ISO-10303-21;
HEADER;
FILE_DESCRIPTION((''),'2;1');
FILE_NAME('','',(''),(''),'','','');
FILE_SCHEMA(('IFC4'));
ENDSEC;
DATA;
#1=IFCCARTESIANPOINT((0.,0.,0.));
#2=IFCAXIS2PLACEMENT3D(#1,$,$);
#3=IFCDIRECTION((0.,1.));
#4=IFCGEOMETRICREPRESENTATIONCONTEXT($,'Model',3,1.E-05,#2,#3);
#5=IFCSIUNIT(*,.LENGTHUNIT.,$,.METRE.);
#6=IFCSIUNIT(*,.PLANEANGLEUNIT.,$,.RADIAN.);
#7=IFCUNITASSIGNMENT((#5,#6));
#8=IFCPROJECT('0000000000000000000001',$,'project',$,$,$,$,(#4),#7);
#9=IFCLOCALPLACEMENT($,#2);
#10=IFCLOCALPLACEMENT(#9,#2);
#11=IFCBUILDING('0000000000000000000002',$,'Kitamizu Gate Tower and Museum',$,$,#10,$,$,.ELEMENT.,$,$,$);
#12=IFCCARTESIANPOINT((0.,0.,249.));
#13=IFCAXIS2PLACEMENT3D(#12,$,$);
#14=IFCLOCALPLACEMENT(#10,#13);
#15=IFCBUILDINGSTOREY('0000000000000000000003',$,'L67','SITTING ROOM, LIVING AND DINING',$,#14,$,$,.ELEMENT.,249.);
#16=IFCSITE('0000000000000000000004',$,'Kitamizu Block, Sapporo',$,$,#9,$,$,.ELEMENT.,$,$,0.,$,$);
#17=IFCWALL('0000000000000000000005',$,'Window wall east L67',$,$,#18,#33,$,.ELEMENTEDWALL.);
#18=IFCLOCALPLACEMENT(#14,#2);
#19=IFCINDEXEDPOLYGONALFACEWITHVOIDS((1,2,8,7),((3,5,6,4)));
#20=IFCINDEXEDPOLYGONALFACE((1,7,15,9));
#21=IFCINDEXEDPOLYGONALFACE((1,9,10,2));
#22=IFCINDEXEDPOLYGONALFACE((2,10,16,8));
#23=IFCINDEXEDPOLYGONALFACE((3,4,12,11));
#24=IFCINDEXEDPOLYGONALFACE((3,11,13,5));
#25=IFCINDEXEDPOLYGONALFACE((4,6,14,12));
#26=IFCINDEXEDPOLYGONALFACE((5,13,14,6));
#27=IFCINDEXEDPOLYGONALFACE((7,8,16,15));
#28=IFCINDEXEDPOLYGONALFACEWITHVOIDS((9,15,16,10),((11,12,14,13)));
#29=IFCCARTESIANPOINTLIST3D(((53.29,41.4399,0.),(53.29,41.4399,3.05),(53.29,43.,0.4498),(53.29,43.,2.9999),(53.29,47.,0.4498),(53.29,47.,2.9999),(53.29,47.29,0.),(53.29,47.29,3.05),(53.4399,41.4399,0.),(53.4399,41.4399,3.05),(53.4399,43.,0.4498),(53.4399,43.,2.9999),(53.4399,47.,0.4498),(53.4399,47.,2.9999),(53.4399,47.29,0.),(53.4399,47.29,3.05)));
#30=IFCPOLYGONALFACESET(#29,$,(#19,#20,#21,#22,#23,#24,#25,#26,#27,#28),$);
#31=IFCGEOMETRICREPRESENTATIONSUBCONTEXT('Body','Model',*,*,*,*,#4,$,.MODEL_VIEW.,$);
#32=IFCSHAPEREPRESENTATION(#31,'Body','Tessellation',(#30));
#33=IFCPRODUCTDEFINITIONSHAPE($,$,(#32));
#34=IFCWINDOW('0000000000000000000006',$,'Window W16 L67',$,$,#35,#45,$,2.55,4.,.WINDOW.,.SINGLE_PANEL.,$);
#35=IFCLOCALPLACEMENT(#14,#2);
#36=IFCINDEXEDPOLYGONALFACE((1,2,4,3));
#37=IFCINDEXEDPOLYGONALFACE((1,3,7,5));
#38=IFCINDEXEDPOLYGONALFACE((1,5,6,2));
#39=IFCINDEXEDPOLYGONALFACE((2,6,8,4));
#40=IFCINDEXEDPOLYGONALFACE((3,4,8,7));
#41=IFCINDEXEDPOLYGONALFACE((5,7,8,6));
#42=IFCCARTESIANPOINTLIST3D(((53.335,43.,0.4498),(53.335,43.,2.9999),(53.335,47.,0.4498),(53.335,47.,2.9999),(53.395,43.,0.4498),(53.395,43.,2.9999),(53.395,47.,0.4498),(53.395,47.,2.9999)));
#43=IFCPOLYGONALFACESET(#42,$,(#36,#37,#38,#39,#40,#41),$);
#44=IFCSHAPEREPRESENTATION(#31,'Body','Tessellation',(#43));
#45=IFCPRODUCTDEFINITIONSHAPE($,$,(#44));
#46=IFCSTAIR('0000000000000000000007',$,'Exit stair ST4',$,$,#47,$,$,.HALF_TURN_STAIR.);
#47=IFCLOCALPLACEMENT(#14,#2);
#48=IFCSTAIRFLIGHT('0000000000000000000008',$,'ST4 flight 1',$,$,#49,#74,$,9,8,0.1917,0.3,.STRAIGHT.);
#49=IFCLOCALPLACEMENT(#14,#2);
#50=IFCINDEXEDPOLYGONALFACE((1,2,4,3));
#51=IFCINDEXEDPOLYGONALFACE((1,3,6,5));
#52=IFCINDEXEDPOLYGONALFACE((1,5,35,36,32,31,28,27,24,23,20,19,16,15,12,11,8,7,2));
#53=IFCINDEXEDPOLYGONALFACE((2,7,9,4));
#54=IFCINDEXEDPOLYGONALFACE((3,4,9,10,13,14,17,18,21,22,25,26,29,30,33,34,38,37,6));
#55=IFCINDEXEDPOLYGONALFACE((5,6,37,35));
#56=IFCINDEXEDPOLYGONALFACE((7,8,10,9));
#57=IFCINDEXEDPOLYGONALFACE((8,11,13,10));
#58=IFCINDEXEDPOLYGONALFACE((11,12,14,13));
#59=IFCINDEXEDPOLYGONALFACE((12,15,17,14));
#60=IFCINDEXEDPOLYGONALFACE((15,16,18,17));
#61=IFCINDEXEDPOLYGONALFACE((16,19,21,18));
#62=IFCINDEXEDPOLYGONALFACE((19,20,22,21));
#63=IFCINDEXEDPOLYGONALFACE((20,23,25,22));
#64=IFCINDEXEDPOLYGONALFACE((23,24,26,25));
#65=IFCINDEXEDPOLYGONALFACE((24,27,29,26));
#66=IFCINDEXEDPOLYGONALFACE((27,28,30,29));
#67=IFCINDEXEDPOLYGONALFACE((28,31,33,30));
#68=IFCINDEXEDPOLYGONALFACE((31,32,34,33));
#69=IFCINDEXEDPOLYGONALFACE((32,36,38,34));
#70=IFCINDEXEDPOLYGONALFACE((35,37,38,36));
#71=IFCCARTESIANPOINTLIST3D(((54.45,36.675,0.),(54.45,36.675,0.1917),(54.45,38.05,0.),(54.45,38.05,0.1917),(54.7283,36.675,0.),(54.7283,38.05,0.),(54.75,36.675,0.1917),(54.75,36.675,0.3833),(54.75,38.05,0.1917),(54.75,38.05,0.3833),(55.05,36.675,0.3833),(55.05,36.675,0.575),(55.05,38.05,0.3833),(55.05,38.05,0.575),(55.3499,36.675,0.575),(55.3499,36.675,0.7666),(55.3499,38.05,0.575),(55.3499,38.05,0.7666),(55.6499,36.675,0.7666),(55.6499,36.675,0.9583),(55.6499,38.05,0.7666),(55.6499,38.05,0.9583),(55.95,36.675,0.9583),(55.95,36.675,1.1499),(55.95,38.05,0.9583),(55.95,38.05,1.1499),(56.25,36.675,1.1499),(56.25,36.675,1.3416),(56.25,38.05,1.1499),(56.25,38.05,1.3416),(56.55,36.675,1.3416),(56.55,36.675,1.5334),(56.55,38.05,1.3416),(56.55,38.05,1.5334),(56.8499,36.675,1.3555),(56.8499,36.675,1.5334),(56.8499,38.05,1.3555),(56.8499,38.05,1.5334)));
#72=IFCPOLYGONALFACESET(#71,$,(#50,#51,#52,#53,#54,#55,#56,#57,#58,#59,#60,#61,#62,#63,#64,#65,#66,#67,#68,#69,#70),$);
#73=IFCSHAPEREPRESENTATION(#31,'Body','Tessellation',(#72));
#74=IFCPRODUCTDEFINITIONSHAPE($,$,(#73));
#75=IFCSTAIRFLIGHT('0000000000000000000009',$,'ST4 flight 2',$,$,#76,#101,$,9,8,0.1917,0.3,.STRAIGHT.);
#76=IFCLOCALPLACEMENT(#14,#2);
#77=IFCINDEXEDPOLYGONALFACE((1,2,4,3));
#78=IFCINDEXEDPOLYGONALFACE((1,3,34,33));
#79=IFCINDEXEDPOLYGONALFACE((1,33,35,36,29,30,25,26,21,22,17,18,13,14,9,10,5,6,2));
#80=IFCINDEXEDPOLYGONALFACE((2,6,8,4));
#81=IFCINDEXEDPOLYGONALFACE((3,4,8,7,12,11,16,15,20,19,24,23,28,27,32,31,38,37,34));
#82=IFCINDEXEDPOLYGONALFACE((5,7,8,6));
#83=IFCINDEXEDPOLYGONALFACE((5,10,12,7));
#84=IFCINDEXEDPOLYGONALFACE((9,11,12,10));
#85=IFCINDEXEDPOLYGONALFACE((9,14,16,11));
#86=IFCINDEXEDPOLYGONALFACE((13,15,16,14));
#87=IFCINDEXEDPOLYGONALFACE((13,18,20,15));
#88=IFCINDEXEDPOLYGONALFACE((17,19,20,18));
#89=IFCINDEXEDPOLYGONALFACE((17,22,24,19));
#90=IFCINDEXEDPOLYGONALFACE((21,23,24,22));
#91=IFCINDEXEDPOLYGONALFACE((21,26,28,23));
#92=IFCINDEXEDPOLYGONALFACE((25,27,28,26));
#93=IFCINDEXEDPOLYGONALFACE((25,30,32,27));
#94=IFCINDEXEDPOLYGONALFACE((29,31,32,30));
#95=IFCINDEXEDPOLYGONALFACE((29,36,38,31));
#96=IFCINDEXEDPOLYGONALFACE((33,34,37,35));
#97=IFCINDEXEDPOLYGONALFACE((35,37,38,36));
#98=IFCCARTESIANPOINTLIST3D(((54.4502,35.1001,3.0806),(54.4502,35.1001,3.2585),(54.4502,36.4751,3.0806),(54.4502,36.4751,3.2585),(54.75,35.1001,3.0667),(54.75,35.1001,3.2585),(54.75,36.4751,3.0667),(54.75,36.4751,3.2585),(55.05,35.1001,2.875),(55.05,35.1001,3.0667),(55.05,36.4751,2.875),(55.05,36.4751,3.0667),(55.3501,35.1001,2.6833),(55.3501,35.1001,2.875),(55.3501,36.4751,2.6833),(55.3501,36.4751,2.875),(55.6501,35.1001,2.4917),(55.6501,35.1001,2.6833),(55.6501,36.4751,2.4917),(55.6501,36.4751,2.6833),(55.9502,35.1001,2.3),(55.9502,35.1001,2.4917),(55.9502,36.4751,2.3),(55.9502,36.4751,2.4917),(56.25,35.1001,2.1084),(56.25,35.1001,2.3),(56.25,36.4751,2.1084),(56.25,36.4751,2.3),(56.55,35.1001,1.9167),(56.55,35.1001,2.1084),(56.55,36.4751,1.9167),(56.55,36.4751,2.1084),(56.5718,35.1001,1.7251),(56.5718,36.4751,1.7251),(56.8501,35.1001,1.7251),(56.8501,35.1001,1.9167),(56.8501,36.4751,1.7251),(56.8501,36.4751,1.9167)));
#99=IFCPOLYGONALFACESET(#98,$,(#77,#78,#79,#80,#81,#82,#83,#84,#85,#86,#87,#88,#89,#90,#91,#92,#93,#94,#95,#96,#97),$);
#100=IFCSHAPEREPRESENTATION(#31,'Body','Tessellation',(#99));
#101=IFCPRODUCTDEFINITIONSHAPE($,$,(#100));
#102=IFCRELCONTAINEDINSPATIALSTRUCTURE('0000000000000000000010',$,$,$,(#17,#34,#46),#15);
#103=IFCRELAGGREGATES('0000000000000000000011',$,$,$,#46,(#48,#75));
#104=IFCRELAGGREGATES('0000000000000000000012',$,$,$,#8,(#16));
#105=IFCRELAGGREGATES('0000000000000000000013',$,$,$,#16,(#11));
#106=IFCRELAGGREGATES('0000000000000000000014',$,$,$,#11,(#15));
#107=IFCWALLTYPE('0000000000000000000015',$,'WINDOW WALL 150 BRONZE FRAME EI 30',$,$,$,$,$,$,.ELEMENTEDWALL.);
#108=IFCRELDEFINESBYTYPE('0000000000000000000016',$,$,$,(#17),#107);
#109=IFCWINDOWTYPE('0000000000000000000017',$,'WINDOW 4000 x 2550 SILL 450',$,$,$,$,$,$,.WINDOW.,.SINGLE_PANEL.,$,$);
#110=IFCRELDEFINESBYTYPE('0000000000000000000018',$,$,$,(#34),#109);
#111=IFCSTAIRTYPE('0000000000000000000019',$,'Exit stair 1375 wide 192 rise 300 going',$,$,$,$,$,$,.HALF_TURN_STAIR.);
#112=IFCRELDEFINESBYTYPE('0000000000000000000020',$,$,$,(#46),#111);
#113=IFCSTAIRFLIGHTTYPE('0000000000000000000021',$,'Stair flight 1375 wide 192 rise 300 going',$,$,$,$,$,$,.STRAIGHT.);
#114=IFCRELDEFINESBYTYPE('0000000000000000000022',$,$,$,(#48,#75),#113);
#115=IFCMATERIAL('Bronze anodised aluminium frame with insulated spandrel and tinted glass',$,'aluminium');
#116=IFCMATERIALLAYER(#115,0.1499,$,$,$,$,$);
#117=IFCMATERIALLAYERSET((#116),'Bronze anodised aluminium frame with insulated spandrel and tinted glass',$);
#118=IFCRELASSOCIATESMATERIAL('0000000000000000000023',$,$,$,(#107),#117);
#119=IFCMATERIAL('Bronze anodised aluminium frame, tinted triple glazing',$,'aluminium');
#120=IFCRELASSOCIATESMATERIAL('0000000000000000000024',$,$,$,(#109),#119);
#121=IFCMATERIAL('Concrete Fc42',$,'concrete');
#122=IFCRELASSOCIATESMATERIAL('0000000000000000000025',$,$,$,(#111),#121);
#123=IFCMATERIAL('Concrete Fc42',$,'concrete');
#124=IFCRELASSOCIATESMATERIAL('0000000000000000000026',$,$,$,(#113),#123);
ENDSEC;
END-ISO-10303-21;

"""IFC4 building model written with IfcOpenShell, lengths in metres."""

from ifc_helpers import new_model, si_unit, direction, frame, frame_2d, origin, place, context, subcontext, project, spatial, polyline, rectangle, outline, extrude, material, layer, layer_set, type_object, element, fill, aggregate, save


model = new_model("IFC4")

# Units and contexts
model_context = context("Model", 3, precision=1e-05, world=origin(), true_north=direction((0.0, 1.0)))
body_context = subcontext(model_context, "Body", "Model", "MODEL_VIEW")
ifc_project = project(units=[si_unit("LENGTHUNIT", "METRE"), si_unit("PLANEANGLEUNIT", "RADIAN")], contexts=[model_context])

# Site, building, storey
site_placement = place(None, origin())
site = spatial("IfcSite", under=ifc_project, at=site_placement, Name="Kitamizu Block, Sapporo", CompositionType="ELEMENT", RefElevation=0.0)
building_placement = place(site_placement, origin())
building = spatial("IfcBuilding", under=site, at=building_placement, Name="Kitamizu Gate Tower and Museum", CompositionType="ELEMENT")
storey_placement = place(building_placement, frame((0.0, 0.0, 249.0)))
storey = spatial("IfcBuildingStorey", under=building, at=storey_placement, Name="L67", Description="SITTING ROOM, LIVING AND DINING", CompositionType="ELEMENT", Elevation=249.0)

# Shared definitions
ifc_material_1 = material(Name="Bronze anodised aluminium frame with insulated spandrel and tinted glass", Category="aluminium")
ifc_layer_1 = layer(ifc_material_1, 0.1499)
ifc_layer_set_1 = layer_set([ifc_layer_1], Name="Bronze anodised aluminium frame with insulated spandrel and tinted glass")
wall_type_1 = type_object("IfcWallType", Name="WINDOW WALL 150 BRONZE FRAME EI 30", PredefinedType="ELEMENTEDWALL", material=ifc_layer_set_1)

# Wall, opening, window
ifc_material_2 = material(Name="Bronze anodised aluminium frame, tinted triple glazing", Category="aluminium")
window_type = type_object("IfcWindowType", Name="WINDOW 4000 x 2550 SILL 450", PartitioningType="SINGLE_PANEL", PredefinedType="WINDOW", material=ifc_material_2)
wall_1_placement = place(storey_placement, frame((53.365, 41.4399, 0.0), z_axis=(0.0, 0.0, 1.0), x_axis=(0.0, 1.0, 0.0)))
wall_1 = element("IfcWall", 1, at=wall_1_placement, inside=storey, type_object=wall_type_1, Name="Window wall east L67", PredefinedType="ELEMENTEDWALL", context=body_context, shape_type="SweptSolid", body=[
    extrude(rectangle(XDim=5.8501, YDim=0.1499, at=frame_2d((2.925, 0.0))), origin(), (0.0, 0.0, 1.0), 3.05),
])
opening_1_placement = place(wall_1_placement, frame((1.5601, 0.0, 0.45)))
opening_1 = element("IfcOpeningElement", 2, at=opening_1_placement, cuts=wall_1, PredefinedType="OPENING", context=body_context, shape_type="SweptSolid", body=[
    extrude(rectangle(XDim=4.0, YDim=2.55, at=frame_2d((2.0, 1.2749))), frame((0.0, 0.085, 0.0), z_axis=(0.0, -1.0, 0.0), x_axis=(1.0, 0.0, 0.0)), (0.0, 0.0, 1.0), 0.1699),
])
window_1_placement = place(opening_1_placement, origin())
window_1 = element("IfcWindow", 3, at=window_1_placement, inside=storey, type_object=window_type, Name="Window W16 L67", OverallHeight=2.55, OverallWidth=4.0, PartitioningType="SINGLE_PANEL", PredefinedType="WINDOW", context=body_context, shape_type="SweptSolid", body=[
    extrude(rectangle(XDim=4.0, YDim=2.55, at=frame_2d((2.0, 1.2749))), frame((0.0, 0.03, 0.0), z_axis=(0.0, -1.0, 0.0), x_axis=(1.0, 0.0, 0.0)), (0.0, 0.0, 1.0), 0.0601),
])
fill(opening_1, window_1)

# Stair, stair flights
ifc_material_3 = material(Name="Concrete Fc42", Category="concrete")
stair_type = type_object("IfcStairType", Name="Exit stair 1375 wide 192 rise 300 going", PredefinedType="HALF_TURN_STAIR", material=ifc_material_3)
stair_placement = place(storey_placement, origin())
stair = element("IfcStair", 4, at=stair_placement, inside=storey, type_object=stair_type, Name="Exit stair ST4", PredefinedType="HALF_TURN_STAIR")
ifc_material_4 = material(Name="Concrete Fc42", Category="concrete")
stair_flight_type = type_object("IfcStairFlightType", Name="Stair flight 1375 wide 192 rise 300 going", PredefinedType="STRAIGHT", material=ifc_material_4)
stair_flight_1_placement = place(storey_placement, frame((54.45, 37.3625, 0.0), z_axis=(0.0, 0.0, 1.0), x_axis=(1.0, 0.0, 0.0)))
stair_flight_1 = element("IfcStairFlight", 5, at=stair_flight_1_placement, type_object=stair_flight_type, Name="ST4 flight 1", NumberOfRisers=9, NumberOfTreads=8, PredefinedType="STRAIGHT", RiserHeight=0.1917, TreadLength=0.3, context=body_context, shape_type="SweptSolid", body=[
    extrude(outline(polyline([(0.0, 0.0), (0.0, 0.1917), (0.3, 0.1917), (0.3, 0.3833), (0.6001, 0.3833), (0.6001, 0.575), (0.8999, 0.575), (0.8999, 0.7666), (1.2, 0.7666), (1.2, 0.9583), (1.5, 0.9583), (1.5, 1.1499), (1.8, 1.1499), (1.8, 1.3416), (2.1001, 1.3416), (2.1001, 1.5334), (2.3999, 1.5334), (2.3999, 1.7251), (2.3999, 1.3555), (0.2783, 0.0), (0.0, 0.0)])), frame((0.0, 0.6875, 0.0), z_axis=(0.0, -1.0, 0.0), x_axis=(1.0, 0.0, 0.0)), (0.0, 0.0, 1.0), 1.375),
])
stair_flight_2_placement = place(storey_placement, frame((56.8501, 35.7876, 1.7251), z_axis=(0.0, 0.0, 1.0), x_axis=(-1.0, 0.0, 0.0)))
stair_flight_2 = element("IfcStairFlight", 6, at=stair_flight_2_placement, type_object=stair_flight_type, Name="ST4 flight 2", NumberOfRisers=9, NumberOfTreads=8, PredefinedType="STRAIGHT", RiserHeight=0.1917, TreadLength=0.3, context=body_context, shape_type="SweptSolid", body=[
    extrude(outline(polyline([(0.0, 0.0), (0.0, 0.1917), (0.3, 0.1917), (0.3, 0.3833), (0.6001, 0.3833), (0.6001, 0.575), (0.8999, 0.575), (0.8999, 0.7666), (1.2, 0.7666), (1.2, 0.9583), (1.5, 0.9583), (1.5, 1.1499), (1.8, 1.1499), (1.8, 1.3416), (2.1001, 1.3416), (2.1001, 1.5334), (2.3999, 1.5334), (2.3999, 1.7251), (2.3999, 1.3555), (0.2783, 0.0), (0.0, 0.0)])), frame((0.0, 0.6875, 0.0), z_axis=(0.0, -1.0, 0.0), x_axis=(1.0, 0.0, 0.0)), (0.0, 0.0, 1.0), 1.375),
])
aggregate(stair, [stair_flight_1, stair_flight_2])

save(model, "model.ifc")
